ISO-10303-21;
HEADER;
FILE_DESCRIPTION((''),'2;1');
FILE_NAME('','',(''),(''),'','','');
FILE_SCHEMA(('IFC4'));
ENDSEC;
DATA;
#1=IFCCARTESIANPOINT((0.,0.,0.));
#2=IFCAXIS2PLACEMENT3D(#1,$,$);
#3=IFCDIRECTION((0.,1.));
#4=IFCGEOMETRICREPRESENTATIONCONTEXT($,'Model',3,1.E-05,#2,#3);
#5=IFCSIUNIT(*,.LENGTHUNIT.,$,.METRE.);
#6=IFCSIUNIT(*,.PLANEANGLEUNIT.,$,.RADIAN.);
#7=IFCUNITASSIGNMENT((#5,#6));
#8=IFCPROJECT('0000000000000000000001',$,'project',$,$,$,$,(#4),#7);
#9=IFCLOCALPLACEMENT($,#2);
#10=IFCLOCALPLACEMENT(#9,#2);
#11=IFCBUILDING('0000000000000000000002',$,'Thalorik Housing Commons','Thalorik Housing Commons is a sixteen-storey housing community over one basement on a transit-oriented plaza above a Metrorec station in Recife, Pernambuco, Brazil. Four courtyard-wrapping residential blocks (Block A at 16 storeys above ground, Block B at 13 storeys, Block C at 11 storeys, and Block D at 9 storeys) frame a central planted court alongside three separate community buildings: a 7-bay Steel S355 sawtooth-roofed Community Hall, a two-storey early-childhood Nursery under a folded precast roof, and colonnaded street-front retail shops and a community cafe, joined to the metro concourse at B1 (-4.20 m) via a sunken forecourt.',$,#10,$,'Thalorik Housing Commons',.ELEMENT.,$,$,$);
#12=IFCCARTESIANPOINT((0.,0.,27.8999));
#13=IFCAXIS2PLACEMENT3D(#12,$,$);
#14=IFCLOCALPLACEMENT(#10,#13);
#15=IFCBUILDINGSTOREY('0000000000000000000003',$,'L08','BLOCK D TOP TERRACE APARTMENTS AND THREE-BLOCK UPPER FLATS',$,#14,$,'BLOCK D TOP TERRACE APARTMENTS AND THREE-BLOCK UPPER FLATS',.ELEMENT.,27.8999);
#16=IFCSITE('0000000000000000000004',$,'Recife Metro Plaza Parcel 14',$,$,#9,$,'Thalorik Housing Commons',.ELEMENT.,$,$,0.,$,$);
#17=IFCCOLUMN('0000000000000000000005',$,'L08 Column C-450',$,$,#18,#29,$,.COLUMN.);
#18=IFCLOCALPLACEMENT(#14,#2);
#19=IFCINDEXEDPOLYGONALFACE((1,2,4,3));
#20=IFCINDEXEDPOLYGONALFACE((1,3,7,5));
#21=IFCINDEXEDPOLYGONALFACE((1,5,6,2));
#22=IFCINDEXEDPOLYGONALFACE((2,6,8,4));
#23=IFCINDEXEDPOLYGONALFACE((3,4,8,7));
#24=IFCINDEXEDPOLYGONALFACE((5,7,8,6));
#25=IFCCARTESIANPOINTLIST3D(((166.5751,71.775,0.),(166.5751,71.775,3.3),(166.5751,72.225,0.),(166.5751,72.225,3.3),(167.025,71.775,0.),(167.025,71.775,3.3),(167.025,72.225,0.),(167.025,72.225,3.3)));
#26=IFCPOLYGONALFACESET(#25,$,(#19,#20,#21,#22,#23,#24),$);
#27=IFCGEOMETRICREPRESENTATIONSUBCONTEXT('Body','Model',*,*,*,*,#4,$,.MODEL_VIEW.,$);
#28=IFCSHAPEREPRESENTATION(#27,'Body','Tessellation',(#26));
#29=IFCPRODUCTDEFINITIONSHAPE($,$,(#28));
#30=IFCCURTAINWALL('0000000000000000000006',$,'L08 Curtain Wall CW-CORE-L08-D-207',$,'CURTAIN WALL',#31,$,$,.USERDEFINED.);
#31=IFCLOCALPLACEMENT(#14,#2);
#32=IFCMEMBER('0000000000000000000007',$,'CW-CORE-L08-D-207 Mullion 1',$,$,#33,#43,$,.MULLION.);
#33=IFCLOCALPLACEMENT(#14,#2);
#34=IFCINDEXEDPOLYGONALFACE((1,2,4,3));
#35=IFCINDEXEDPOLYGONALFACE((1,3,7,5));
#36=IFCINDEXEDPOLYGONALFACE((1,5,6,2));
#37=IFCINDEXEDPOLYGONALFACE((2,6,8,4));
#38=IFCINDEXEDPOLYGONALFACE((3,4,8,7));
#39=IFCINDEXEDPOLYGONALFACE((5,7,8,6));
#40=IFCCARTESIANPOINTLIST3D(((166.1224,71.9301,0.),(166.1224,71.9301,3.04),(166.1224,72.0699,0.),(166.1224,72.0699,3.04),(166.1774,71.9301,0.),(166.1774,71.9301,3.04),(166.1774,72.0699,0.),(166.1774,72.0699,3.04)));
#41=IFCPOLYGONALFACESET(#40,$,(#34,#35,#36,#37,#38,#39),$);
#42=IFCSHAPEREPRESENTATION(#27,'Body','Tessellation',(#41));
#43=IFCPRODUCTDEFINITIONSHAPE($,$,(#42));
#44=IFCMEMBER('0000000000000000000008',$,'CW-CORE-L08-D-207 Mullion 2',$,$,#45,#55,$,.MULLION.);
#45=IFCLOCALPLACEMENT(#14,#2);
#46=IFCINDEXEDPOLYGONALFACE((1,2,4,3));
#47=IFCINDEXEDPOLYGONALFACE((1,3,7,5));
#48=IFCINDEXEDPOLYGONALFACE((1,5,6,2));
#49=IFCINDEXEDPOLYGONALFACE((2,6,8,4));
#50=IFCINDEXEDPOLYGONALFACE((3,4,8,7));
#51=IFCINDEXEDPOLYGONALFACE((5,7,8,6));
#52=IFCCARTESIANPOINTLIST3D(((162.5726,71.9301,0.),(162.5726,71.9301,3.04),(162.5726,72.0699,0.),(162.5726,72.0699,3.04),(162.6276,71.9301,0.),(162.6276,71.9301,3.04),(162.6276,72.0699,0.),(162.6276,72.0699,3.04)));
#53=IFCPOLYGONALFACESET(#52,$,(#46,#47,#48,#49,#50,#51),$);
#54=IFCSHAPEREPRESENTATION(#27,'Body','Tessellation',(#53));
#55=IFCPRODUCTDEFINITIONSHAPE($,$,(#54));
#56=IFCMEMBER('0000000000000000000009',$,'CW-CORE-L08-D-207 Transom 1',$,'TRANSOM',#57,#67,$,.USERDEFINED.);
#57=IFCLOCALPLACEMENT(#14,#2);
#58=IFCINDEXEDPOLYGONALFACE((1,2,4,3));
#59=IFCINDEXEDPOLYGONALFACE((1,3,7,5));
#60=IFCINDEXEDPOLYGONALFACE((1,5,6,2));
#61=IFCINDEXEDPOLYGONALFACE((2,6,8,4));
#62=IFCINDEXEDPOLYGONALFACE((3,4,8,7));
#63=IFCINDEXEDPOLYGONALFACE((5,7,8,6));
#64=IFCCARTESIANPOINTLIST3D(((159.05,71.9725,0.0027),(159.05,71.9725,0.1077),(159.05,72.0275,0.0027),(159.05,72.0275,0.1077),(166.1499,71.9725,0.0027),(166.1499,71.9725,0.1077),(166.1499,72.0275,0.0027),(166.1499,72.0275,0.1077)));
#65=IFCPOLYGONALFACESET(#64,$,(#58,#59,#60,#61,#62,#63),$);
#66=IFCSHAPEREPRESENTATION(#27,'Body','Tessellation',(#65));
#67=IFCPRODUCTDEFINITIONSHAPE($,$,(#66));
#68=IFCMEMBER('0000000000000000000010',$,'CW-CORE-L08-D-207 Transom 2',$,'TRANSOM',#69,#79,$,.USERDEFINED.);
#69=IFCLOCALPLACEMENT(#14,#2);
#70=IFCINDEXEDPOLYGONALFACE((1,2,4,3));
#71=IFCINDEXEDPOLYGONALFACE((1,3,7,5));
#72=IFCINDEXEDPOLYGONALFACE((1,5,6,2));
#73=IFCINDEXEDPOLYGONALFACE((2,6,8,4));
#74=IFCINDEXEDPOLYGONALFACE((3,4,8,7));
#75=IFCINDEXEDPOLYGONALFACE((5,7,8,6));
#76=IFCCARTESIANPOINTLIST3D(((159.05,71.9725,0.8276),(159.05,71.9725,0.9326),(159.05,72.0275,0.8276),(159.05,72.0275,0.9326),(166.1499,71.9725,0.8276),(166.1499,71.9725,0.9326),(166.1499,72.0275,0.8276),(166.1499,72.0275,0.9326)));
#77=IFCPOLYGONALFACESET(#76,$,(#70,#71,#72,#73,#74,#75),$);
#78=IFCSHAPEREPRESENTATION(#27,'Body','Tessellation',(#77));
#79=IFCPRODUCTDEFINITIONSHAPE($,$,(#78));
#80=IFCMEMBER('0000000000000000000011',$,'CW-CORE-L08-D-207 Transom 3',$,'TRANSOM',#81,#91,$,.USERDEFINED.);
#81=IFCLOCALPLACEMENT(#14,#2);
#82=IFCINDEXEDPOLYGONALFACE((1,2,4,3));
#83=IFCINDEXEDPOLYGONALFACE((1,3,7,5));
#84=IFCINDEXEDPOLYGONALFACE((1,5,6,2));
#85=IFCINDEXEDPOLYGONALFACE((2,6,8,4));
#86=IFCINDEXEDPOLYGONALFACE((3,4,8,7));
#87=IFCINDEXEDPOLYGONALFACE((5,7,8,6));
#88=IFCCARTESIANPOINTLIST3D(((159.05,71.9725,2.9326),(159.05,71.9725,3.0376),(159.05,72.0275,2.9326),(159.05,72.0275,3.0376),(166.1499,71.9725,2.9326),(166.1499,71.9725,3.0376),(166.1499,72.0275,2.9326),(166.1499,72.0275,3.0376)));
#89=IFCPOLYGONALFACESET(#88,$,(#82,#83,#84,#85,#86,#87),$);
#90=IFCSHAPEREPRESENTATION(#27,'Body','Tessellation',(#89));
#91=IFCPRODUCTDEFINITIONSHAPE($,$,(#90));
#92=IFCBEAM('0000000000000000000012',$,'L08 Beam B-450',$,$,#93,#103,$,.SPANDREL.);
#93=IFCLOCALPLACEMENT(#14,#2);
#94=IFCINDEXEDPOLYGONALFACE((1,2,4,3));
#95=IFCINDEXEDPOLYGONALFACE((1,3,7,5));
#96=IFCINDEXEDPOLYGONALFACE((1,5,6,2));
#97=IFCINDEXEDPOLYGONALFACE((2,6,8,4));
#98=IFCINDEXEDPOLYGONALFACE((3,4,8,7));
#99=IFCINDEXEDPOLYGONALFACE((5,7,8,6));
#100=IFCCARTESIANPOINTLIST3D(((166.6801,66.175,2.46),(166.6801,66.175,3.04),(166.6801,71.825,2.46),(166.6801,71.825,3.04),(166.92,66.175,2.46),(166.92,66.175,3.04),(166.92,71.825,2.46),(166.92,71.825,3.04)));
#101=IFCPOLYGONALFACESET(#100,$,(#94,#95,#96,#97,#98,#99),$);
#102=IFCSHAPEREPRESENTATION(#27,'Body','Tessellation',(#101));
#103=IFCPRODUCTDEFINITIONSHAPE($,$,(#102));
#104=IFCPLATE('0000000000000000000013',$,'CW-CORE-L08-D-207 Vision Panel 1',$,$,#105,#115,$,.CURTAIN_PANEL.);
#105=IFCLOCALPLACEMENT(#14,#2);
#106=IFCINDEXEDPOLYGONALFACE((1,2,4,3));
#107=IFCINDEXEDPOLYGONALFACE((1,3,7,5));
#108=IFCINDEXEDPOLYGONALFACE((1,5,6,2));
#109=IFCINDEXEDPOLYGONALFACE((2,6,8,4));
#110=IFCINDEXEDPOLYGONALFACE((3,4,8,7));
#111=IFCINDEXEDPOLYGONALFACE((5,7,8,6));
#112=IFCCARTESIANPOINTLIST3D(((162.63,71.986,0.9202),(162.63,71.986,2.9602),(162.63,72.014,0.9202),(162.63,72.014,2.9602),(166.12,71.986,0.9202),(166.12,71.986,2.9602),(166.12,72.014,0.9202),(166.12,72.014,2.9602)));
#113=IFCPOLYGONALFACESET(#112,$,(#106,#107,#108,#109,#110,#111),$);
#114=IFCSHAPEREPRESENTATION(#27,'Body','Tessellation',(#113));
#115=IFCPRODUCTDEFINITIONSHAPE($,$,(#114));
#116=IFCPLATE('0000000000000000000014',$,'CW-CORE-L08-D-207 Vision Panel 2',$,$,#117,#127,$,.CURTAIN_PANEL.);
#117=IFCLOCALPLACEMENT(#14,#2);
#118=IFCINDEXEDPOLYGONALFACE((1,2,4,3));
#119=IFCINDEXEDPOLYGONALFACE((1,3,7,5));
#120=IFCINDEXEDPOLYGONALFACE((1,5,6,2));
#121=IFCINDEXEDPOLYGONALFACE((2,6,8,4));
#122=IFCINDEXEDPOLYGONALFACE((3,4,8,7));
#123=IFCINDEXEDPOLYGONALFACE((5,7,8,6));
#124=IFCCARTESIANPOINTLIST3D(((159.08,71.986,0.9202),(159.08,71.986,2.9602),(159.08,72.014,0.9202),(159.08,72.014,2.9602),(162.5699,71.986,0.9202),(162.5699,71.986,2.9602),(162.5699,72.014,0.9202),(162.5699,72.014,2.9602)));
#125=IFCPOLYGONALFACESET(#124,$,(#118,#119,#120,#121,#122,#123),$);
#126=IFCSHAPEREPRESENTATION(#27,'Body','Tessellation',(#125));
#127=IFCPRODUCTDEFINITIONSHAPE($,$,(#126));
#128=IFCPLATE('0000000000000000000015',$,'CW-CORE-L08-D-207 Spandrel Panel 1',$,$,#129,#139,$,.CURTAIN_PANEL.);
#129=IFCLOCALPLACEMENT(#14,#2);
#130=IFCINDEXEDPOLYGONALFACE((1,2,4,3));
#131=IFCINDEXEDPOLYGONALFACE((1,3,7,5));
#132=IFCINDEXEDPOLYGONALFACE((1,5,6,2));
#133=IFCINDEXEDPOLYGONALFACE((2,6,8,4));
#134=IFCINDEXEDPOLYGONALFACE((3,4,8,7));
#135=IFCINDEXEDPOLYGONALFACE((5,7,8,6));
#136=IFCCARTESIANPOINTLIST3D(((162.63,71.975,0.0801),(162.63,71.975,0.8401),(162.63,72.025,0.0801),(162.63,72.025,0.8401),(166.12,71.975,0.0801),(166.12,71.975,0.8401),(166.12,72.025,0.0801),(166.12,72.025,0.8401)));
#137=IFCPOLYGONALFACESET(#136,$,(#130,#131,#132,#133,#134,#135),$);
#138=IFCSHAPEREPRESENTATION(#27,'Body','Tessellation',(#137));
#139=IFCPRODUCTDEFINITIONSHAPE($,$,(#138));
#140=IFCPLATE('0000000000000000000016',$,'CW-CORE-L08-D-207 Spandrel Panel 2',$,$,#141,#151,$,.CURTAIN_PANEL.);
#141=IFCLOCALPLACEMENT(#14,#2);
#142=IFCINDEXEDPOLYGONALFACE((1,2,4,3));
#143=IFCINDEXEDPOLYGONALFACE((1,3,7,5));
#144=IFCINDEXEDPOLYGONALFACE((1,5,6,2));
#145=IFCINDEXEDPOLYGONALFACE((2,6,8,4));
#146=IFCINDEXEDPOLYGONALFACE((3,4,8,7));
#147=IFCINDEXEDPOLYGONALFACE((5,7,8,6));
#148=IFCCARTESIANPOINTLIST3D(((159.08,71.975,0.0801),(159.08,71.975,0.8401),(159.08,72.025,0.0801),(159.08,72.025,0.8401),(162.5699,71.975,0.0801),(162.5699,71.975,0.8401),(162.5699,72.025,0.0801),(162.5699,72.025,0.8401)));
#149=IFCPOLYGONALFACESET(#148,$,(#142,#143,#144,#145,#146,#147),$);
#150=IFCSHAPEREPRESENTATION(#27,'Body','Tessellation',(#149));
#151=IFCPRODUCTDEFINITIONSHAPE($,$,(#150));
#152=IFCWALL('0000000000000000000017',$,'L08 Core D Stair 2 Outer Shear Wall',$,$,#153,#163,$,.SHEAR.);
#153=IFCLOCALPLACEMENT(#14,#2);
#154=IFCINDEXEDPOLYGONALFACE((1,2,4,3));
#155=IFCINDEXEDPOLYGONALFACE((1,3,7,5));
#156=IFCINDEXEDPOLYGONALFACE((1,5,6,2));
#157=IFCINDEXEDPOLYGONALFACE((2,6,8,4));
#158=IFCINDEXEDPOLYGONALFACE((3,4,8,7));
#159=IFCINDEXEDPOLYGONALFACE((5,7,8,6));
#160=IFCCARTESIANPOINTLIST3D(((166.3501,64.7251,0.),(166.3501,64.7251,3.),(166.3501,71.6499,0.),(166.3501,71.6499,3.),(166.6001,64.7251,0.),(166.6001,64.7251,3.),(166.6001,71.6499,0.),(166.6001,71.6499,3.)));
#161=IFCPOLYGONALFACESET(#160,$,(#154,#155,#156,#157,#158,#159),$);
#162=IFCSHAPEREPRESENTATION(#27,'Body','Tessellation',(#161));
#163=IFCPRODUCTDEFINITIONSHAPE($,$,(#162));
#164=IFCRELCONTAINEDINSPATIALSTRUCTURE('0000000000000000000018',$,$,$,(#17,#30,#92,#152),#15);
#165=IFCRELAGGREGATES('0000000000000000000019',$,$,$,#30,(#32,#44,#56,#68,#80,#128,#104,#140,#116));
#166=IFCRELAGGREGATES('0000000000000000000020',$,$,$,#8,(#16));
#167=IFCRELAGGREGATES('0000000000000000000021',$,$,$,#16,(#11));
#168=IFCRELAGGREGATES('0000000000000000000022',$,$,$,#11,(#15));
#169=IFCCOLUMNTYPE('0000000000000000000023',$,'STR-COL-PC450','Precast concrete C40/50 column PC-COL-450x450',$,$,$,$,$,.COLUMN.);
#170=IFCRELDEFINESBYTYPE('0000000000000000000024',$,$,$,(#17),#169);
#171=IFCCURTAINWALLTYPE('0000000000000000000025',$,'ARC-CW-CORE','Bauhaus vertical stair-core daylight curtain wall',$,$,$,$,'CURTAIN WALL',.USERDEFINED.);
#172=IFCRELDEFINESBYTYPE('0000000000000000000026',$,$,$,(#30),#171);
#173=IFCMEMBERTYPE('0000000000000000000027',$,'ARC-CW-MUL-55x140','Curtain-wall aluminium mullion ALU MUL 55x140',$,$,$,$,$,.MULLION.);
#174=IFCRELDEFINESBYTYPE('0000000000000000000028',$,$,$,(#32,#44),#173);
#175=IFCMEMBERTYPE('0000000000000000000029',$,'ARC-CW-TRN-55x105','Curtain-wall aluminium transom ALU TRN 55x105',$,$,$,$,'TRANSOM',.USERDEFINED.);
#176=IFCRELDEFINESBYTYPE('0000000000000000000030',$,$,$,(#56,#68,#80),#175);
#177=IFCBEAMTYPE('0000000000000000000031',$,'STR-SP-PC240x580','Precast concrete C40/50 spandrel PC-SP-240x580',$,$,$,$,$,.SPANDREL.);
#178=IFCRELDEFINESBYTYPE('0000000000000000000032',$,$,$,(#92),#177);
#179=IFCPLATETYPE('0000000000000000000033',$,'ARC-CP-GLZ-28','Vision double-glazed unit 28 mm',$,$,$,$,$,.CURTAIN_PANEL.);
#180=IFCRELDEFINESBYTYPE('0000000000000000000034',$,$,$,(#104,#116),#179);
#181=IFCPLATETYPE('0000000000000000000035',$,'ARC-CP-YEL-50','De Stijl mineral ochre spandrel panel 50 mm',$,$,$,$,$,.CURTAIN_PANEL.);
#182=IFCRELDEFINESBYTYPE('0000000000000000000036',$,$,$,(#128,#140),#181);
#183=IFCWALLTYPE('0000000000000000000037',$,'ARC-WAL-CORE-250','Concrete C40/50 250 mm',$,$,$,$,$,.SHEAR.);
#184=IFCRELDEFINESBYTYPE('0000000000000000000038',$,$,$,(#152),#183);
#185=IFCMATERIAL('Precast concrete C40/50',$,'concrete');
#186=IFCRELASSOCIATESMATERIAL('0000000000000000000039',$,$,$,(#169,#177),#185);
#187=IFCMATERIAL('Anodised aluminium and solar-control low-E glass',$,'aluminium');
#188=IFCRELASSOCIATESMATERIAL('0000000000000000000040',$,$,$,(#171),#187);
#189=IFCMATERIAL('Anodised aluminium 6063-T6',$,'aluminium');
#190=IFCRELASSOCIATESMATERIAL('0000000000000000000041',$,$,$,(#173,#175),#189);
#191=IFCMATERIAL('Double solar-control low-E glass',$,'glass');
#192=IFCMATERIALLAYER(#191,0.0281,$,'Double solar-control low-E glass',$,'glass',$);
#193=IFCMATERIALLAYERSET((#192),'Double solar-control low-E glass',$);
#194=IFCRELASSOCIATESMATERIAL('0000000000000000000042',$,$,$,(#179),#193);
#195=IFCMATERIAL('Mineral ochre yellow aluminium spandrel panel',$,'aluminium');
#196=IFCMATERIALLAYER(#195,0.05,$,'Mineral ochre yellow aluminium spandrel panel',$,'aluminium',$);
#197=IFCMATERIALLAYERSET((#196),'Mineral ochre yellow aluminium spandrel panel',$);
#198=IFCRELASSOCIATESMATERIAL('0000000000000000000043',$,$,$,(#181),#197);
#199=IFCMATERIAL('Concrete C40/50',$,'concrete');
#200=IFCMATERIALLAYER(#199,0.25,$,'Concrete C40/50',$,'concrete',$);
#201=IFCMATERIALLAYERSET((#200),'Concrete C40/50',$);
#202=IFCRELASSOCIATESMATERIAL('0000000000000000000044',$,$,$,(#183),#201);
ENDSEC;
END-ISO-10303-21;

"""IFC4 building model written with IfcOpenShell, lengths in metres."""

from ifc_helpers import new_model, si_unit, direction, frame, frame_2d, origin, origin_2d, place, context, subcontext, project, spatial, rectangle, extrude, material, layer, layer_set, material_profile, profile_set, type_object, element, aggregate, save


model = new_model("IFC4")

# Units and contexts
model_context = context("Model", 3, precision=1e-05, world=origin(), true_north=direction((0.0, 1.0)))
body_context = subcontext(model_context, "Body", "Model", "MODEL_VIEW")
ifc_project = project(units=[si_unit("LENGTHUNIT", "METRE"), si_unit("PLANEANGLEUNIT", "RADIAN")], contexts=[model_context])

# Site, building, storey
site_placement = place(None, origin())
site = spatial("IfcSite", under=ifc_project, at=site_placement, Name="Recife Metro Plaza Parcel 14", LongName="Thalorik Housing Commons", CompositionType="ELEMENT", RefElevation=0.0)
building_placement = place(site_placement, origin())
building = spatial("IfcBuilding", under=site, at=building_placement, Name="Thalorik Housing Commons", Description="Thalorik Housing Commons is a sixteen-storey housing community over one basement on a transit-oriented plaza above a Metrorec station in Recife, Pernambuco, Brazil. Four courtyard-wrapping residential blocks (Block A at 16 storeys above ground, Block B at 13 storeys, Block C at 11 storeys, and Block D at 9 storeys) frame a central planted court alongside three separate community buildings: a 7-bay Steel S355 sawtooth-roofed Community Hall, a two-storey early-childhood Nursery under a folded precast roof, and colonnaded street-front retail shops and a community cafe, joined to the metro concourse at B1 (-4.20 m) via a sunken forecourt.", LongName="Thalorik Housing Commons", CompositionType="ELEMENT")
storey_placement = place(building_placement, frame((0.0, 0.0, 27.8999)))
storey = spatial("IfcBuildingStorey", under=building, at=storey_placement, Name="L08", Description="BLOCK D TOP TERRACE APARTMENTS AND THREE-BLOCK UPPER FLATS", LongName="BLOCK D TOP TERRACE APARTMENTS AND THREE-BLOCK UPPER FLATS", CompositionType="ELEMENT", Elevation=27.8999)

# Column
ifc_material_1 = material(Name="Precast concrete C40/50", Category="concrete")
ifc_material_profile_1 = material_profile(ifc_material_1, rectangle(XDim=0.45, YDim=0.45, at=origin_2d()), Name="PC 450x450", Category="concrete")
ifc_profile_set_1 = profile_set([ifc_material_profile_1], Name="Precast concrete C40/50")
column_type = type_object("IfcColumnType", Name="STR-COL-PC450", Description="Precast concrete C40/50 column PC-COL-450x450", PredefinedType="COLUMN", material=ifc_profile_set_1)
column_placement = place(storey_placement, frame((166.8, 72.0, 0.0), z_axis=(0.0, 0.0, 1.0), x_axis=(1.0, 0.0, 0.0)))
element("IfcColumn", 1, at=column_placement, inside=storey, type_object=column_type, Name="L08 Column C-450", PredefinedType="COLUMN", context=body_context, shape_type="SweptSolid", body=[
    extrude(rectangle(XDim=0.45, YDim=0.45, at=origin_2d()), origin(), (0.0, 0.0, 1.0), 3.3),
])

# Curtain wall, members
ifc_material_2 = material(Name="Anodised aluminium and solar-control low-E glass", Category="aluminium")
curtain_wall_type = type_object("IfcCurtainWallType", Name="ARC-CW-CORE", Description="Bauhaus vertical stair-core daylight curtain wall", ElementType="CURTAIN WALL", PredefinedType="USERDEFINED", material=ifc_material_2)
curtain_wall_placement = place(storey_placement, origin())
curtain_wall = element("IfcCurtainWall", 2, at=curtain_wall_placement, inside=storey, type_object=curtain_wall_type, Name="L08 Curtain Wall CW-CORE-L08-D-207", ObjectType="CURTAIN WALL", PredefinedType="USERDEFINED")
ifc_material_3 = material(Name="Anodised aluminium 6063-T6", Category="aluminium")
ifc_material_profile_2 = material_profile(ifc_material_3, rectangle(XDim=0.0549, YDim=0.1399, at=origin_2d()), Name="ALU MUL 55x140", Category="aluminium")
ifc_profile_set_2 = profile_set([ifc_material_profile_2], Name="Anodised aluminium 6063-T6")
member_type_1 = type_object("IfcMemberType", Name="ARC-CW-MUL-55x140", Description="Curtain-wall aluminium mullion ALU MUL 55x140", PredefinedType="MULLION", material=ifc_profile_set_2)
member_1_placement = place(storey_placement, frame((166.1499, 72.0, 0.0), z_axis=(0.0, 0.0, 1.0), x_axis=(-1.0, 0.0, 0.0)))
member_1 = element("IfcMember", 3, at=member_1_placement, type_object=member_type_1, Name="CW-CORE-L08-D-207 Mullion 1", PredefinedType="MULLION", context=body_context, shape_type="SweptSolid", body=[
    extrude(rectangle(XDim=0.0549, YDim=0.1399, at=origin_2d()), origin(), (0.0, 0.0, 1.0), 3.04),
])
member_2_placement = place(storey_placement, frame((162.6001, 72.0, 0.0), z_axis=(0.0, 0.0, 1.0), x_axis=(-1.0, 0.0, 0.0)))
member_2 = element("IfcMember", 4, at=member_2_placement, type_object=member_type_1, Name="CW-CORE-L08-D-207 Mullion 2", PredefinedType="MULLION", context=body_context, shape_type="SweptSolid", body=[
    extrude(rectangle(XDim=0.0549, YDim=0.1399, at=origin_2d()), origin(), (0.0, 0.0, 1.0), 3.04),
])
ifc_material_profile_3 = material_profile(ifc_material_3, rectangle(XDim=0.0549, YDim=0.105, at=origin_2d()), Name="ALU TRN 55x105", Category="aluminium")
ifc_profile_set_3 = profile_set([ifc_material_profile_3], Name="Anodised aluminium 6063-T6")
member_type_2 = type_object("IfcMemberType", Name="ARC-CW-TRN-55x105", Description="Curtain-wall aluminium transom ALU TRN 55x105", ElementType="TRANSOM", PredefinedType="USERDEFINED", material=ifc_profile_set_3)
member_3_placement = place(storey_placement, frame((166.1499, 72.0, 0.0552), z_axis=(-1.0, 0.0, 0.0), x_axis=(0.0, -1.0, 0.0)))
member_3 = element("IfcMember", 5, at=member_3_placement, type_object=member_type_2, Name="CW-CORE-L08-D-207 Transom 1", ObjectType="TRANSOM", PredefinedType="USERDEFINED", context=body_context, shape_type="SweptSolid", body=[
    extrude(rectangle(XDim=0.0549, YDim=0.105, at=origin_2d()), origin(), (0.0, 0.0, 1.0), 7.0999),
])
member_4_placement = place(storey_placement, frame((166.1499, 72.0, 0.8801), z_axis=(-1.0, 0.0, 0.0), x_axis=(0.0, -1.0, 0.0)))
member_4 = element("IfcMember", 6, at=member_4_placement, type_object=member_type_2, Name="CW-CORE-L08-D-207 Transom 2", ObjectType="TRANSOM", PredefinedType="USERDEFINED", context=body_context, shape_type="SweptSolid", body=[
    extrude(rectangle(XDim=0.0549, YDim=0.105, at=origin_2d()), origin(), (0.0, 0.0, 1.0), 7.0999),
])
member_5_placement = place(storey_placement, frame((166.1499, 72.0, 2.9851), z_axis=(-1.0, 0.0, 0.0), x_axis=(0.0, -1.0, 0.0)))
member_5 = element("IfcMember", 7, at=member_5_placement, type_object=member_type_2, Name="CW-CORE-L08-D-207 Transom 3", ObjectType="TRANSOM", PredefinedType="USERDEFINED", context=body_context, shape_type="SweptSolid", body=[
    extrude(rectangle(XDim=0.0549, YDim=0.105, at=origin_2d()), origin(), (0.0, 0.0, 1.0), 7.0999),
])

# Beam
ifc_material_profile_4 = material_profile(ifc_material_1, rectangle(XDim=0.24, YDim=0.5801, at=origin_2d()), Name="PC SP 240x580", Category="concrete")
ifc_profile_set_4 = profile_set([ifc_material_profile_4], Name="Precast concrete C40/50")
beam_type = type_object("IfcBeamType", Name="STR-SP-PC240x580", Description="Precast concrete C40/50 spandrel PC-SP-240x580", PredefinedType="SPANDREL", material=ifc_profile_set_4)
beam_placement = place(storey_placement, frame((166.8, 66.175, 2.75), z_axis=(0.0, 1.0, 0.0), x_axis=(-1.0, 0.0, 0.0)))
element("IfcBeam", 8, at=beam_placement, inside=storey, type_object=beam_type, Name="L08 Beam B-450", PredefinedType="SPANDREL", context=body_context, shape_type="SweptSolid", body=[
    extrude(rectangle(XDim=0.24, YDim=0.5801, at=origin_2d()), origin(), (0.0, 0.0, 1.0), 5.6499),
])

# Plates
ifc_material_4 = material(Name="Double solar-control low-E glass", Category="glass")
ifc_layer_1 = layer(ifc_material_4, 0.0281, Name="Double solar-control low-E glass", Category="glass")
ifc_layer_set_1 = layer_set([ifc_layer_1], Name="Double solar-control low-E glass")
plate_type_1 = type_object("IfcPlateType", Name="ARC-CP-GLZ-28", Description="Vision double-glazed unit 28 mm", PredefinedType="CURTAIN_PANEL", material=ifc_layer_set_1)
plate_1_placement = place(storey_placement, frame((164.375, 72.0, 0.9202), z_axis=(0.0, 0.0, 1.0), x_axis=(-1.0, 0.0, 0.0)))
plate_1 = element("IfcPlate", 9, at=plate_1_placement, type_object=plate_type_1, Name="CW-CORE-L08-D-207 Vision Panel 1", PredefinedType="CURTAIN_PANEL", context=body_context, shape_type="SweptSolid", body=[
    extrude(rectangle(XDim=3.49, YDim=0.0281, at=origin_2d()), origin(), (0.0, 0.0, 1.0), 2.04),
])
plate_2_placement = place(storey_placement, frame((160.825, 72.0, 0.9202), z_axis=(0.0, 0.0, 1.0), x_axis=(-1.0, 0.0, 0.0)))
plate_2 = element("IfcPlate", 10, at=plate_2_placement, type_object=plate_type_1, Name="CW-CORE-L08-D-207 Vision Panel 2", PredefinedType="CURTAIN_PANEL", context=body_context, shape_type="SweptSolid", body=[
    extrude(rectangle(XDim=3.49, YDim=0.0281, at=origin_2d()), origin(), (0.0, 0.0, 1.0), 2.04),
])
ifc_material_5 = material(Name="Mineral ochre yellow aluminium spandrel panel", Category="aluminium")
ifc_layer_2 = layer(ifc_material_5, 0.05, Name="Mineral ochre yellow aluminium spandrel panel", Category="aluminium")
ifc_layer_set_2 = layer_set([ifc_layer_2], Name="Mineral ochre yellow aluminium spandrel panel")
plate_type_2 = type_object("IfcPlateType", Name="ARC-CP-YEL-50", Description="De Stijl mineral ochre spandrel panel 50 mm", PredefinedType="CURTAIN_PANEL", material=ifc_layer_set_2)
plate_3_placement = place(storey_placement, frame((164.375, 72.0, 0.0801), z_axis=(0.0, 0.0, 1.0), x_axis=(-1.0, 0.0, 0.0)))
plate_3 = element("IfcPlate", 11, at=plate_3_placement, type_object=plate_type_2, Name="CW-CORE-L08-D-207 Spandrel Panel 1", PredefinedType="CURTAIN_PANEL", context=body_context, shape_type="SweptSolid", body=[
    extrude(rectangle(XDim=3.49, YDim=0.05, at=origin_2d()), origin(), (0.0, 0.0, 1.0), 0.76),
])
plate_4_placement = place(storey_placement, frame((160.825, 72.0, 0.0801), z_axis=(0.0, 0.0, 1.0), x_axis=(-1.0, 0.0, 0.0)))
plate_4 = element("IfcPlate", 12, at=plate_4_placement, type_object=plate_type_2, Name="CW-CORE-L08-D-207 Spandrel Panel 2", PredefinedType="CURTAIN_PANEL", context=body_context, shape_type="SweptSolid", body=[
    extrude(rectangle(XDim=3.49, YDim=0.05, at=origin_2d()), origin(), (0.0, 0.0, 1.0), 0.76),
])
aggregate(curtain_wall, [member_1, member_2, member_3, member_4, member_5, plate_3, plate_1, plate_4, plate_2])

# Wall
ifc_material_6 = material(Name="Concrete C40/50", Category="concrete")
ifc_layer_3 = layer(ifc_material_6, 0.25, Name="Concrete C40/50", Category="concrete")
ifc_layer_set_3 = layer_set([ifc_layer_3], Name="Concrete C40/50")
wall_type_1 = type_object("IfcWallType", Name="ARC-WAL-CORE-250", Description="Concrete C40/50 250 mm", PredefinedType="SHEAR", material=ifc_layer_set_3)
wall_1_placement = place(storey_placement, frame((166.4751, 71.6499, 0.0), z_axis=(0.0, 0.0, 1.0), x_axis=(0.0, -1.0, 0.0)))
element("IfcWall", 13, at=wall_1_placement, inside=storey, type_object=wall_type_1, Name="L08 Core D Stair 2 Outer Shear Wall", PredefinedType="SHEAR", context=body_context, shape_type="SweptSolid", body=[
    extrude(rectangle(XDim=6.9248, YDim=0.25, at=frame_2d((3.4624, 0.0))), origin(), (0.0, 0.0, 1.0), 3.0),
])

save(model, "model.ifc")
